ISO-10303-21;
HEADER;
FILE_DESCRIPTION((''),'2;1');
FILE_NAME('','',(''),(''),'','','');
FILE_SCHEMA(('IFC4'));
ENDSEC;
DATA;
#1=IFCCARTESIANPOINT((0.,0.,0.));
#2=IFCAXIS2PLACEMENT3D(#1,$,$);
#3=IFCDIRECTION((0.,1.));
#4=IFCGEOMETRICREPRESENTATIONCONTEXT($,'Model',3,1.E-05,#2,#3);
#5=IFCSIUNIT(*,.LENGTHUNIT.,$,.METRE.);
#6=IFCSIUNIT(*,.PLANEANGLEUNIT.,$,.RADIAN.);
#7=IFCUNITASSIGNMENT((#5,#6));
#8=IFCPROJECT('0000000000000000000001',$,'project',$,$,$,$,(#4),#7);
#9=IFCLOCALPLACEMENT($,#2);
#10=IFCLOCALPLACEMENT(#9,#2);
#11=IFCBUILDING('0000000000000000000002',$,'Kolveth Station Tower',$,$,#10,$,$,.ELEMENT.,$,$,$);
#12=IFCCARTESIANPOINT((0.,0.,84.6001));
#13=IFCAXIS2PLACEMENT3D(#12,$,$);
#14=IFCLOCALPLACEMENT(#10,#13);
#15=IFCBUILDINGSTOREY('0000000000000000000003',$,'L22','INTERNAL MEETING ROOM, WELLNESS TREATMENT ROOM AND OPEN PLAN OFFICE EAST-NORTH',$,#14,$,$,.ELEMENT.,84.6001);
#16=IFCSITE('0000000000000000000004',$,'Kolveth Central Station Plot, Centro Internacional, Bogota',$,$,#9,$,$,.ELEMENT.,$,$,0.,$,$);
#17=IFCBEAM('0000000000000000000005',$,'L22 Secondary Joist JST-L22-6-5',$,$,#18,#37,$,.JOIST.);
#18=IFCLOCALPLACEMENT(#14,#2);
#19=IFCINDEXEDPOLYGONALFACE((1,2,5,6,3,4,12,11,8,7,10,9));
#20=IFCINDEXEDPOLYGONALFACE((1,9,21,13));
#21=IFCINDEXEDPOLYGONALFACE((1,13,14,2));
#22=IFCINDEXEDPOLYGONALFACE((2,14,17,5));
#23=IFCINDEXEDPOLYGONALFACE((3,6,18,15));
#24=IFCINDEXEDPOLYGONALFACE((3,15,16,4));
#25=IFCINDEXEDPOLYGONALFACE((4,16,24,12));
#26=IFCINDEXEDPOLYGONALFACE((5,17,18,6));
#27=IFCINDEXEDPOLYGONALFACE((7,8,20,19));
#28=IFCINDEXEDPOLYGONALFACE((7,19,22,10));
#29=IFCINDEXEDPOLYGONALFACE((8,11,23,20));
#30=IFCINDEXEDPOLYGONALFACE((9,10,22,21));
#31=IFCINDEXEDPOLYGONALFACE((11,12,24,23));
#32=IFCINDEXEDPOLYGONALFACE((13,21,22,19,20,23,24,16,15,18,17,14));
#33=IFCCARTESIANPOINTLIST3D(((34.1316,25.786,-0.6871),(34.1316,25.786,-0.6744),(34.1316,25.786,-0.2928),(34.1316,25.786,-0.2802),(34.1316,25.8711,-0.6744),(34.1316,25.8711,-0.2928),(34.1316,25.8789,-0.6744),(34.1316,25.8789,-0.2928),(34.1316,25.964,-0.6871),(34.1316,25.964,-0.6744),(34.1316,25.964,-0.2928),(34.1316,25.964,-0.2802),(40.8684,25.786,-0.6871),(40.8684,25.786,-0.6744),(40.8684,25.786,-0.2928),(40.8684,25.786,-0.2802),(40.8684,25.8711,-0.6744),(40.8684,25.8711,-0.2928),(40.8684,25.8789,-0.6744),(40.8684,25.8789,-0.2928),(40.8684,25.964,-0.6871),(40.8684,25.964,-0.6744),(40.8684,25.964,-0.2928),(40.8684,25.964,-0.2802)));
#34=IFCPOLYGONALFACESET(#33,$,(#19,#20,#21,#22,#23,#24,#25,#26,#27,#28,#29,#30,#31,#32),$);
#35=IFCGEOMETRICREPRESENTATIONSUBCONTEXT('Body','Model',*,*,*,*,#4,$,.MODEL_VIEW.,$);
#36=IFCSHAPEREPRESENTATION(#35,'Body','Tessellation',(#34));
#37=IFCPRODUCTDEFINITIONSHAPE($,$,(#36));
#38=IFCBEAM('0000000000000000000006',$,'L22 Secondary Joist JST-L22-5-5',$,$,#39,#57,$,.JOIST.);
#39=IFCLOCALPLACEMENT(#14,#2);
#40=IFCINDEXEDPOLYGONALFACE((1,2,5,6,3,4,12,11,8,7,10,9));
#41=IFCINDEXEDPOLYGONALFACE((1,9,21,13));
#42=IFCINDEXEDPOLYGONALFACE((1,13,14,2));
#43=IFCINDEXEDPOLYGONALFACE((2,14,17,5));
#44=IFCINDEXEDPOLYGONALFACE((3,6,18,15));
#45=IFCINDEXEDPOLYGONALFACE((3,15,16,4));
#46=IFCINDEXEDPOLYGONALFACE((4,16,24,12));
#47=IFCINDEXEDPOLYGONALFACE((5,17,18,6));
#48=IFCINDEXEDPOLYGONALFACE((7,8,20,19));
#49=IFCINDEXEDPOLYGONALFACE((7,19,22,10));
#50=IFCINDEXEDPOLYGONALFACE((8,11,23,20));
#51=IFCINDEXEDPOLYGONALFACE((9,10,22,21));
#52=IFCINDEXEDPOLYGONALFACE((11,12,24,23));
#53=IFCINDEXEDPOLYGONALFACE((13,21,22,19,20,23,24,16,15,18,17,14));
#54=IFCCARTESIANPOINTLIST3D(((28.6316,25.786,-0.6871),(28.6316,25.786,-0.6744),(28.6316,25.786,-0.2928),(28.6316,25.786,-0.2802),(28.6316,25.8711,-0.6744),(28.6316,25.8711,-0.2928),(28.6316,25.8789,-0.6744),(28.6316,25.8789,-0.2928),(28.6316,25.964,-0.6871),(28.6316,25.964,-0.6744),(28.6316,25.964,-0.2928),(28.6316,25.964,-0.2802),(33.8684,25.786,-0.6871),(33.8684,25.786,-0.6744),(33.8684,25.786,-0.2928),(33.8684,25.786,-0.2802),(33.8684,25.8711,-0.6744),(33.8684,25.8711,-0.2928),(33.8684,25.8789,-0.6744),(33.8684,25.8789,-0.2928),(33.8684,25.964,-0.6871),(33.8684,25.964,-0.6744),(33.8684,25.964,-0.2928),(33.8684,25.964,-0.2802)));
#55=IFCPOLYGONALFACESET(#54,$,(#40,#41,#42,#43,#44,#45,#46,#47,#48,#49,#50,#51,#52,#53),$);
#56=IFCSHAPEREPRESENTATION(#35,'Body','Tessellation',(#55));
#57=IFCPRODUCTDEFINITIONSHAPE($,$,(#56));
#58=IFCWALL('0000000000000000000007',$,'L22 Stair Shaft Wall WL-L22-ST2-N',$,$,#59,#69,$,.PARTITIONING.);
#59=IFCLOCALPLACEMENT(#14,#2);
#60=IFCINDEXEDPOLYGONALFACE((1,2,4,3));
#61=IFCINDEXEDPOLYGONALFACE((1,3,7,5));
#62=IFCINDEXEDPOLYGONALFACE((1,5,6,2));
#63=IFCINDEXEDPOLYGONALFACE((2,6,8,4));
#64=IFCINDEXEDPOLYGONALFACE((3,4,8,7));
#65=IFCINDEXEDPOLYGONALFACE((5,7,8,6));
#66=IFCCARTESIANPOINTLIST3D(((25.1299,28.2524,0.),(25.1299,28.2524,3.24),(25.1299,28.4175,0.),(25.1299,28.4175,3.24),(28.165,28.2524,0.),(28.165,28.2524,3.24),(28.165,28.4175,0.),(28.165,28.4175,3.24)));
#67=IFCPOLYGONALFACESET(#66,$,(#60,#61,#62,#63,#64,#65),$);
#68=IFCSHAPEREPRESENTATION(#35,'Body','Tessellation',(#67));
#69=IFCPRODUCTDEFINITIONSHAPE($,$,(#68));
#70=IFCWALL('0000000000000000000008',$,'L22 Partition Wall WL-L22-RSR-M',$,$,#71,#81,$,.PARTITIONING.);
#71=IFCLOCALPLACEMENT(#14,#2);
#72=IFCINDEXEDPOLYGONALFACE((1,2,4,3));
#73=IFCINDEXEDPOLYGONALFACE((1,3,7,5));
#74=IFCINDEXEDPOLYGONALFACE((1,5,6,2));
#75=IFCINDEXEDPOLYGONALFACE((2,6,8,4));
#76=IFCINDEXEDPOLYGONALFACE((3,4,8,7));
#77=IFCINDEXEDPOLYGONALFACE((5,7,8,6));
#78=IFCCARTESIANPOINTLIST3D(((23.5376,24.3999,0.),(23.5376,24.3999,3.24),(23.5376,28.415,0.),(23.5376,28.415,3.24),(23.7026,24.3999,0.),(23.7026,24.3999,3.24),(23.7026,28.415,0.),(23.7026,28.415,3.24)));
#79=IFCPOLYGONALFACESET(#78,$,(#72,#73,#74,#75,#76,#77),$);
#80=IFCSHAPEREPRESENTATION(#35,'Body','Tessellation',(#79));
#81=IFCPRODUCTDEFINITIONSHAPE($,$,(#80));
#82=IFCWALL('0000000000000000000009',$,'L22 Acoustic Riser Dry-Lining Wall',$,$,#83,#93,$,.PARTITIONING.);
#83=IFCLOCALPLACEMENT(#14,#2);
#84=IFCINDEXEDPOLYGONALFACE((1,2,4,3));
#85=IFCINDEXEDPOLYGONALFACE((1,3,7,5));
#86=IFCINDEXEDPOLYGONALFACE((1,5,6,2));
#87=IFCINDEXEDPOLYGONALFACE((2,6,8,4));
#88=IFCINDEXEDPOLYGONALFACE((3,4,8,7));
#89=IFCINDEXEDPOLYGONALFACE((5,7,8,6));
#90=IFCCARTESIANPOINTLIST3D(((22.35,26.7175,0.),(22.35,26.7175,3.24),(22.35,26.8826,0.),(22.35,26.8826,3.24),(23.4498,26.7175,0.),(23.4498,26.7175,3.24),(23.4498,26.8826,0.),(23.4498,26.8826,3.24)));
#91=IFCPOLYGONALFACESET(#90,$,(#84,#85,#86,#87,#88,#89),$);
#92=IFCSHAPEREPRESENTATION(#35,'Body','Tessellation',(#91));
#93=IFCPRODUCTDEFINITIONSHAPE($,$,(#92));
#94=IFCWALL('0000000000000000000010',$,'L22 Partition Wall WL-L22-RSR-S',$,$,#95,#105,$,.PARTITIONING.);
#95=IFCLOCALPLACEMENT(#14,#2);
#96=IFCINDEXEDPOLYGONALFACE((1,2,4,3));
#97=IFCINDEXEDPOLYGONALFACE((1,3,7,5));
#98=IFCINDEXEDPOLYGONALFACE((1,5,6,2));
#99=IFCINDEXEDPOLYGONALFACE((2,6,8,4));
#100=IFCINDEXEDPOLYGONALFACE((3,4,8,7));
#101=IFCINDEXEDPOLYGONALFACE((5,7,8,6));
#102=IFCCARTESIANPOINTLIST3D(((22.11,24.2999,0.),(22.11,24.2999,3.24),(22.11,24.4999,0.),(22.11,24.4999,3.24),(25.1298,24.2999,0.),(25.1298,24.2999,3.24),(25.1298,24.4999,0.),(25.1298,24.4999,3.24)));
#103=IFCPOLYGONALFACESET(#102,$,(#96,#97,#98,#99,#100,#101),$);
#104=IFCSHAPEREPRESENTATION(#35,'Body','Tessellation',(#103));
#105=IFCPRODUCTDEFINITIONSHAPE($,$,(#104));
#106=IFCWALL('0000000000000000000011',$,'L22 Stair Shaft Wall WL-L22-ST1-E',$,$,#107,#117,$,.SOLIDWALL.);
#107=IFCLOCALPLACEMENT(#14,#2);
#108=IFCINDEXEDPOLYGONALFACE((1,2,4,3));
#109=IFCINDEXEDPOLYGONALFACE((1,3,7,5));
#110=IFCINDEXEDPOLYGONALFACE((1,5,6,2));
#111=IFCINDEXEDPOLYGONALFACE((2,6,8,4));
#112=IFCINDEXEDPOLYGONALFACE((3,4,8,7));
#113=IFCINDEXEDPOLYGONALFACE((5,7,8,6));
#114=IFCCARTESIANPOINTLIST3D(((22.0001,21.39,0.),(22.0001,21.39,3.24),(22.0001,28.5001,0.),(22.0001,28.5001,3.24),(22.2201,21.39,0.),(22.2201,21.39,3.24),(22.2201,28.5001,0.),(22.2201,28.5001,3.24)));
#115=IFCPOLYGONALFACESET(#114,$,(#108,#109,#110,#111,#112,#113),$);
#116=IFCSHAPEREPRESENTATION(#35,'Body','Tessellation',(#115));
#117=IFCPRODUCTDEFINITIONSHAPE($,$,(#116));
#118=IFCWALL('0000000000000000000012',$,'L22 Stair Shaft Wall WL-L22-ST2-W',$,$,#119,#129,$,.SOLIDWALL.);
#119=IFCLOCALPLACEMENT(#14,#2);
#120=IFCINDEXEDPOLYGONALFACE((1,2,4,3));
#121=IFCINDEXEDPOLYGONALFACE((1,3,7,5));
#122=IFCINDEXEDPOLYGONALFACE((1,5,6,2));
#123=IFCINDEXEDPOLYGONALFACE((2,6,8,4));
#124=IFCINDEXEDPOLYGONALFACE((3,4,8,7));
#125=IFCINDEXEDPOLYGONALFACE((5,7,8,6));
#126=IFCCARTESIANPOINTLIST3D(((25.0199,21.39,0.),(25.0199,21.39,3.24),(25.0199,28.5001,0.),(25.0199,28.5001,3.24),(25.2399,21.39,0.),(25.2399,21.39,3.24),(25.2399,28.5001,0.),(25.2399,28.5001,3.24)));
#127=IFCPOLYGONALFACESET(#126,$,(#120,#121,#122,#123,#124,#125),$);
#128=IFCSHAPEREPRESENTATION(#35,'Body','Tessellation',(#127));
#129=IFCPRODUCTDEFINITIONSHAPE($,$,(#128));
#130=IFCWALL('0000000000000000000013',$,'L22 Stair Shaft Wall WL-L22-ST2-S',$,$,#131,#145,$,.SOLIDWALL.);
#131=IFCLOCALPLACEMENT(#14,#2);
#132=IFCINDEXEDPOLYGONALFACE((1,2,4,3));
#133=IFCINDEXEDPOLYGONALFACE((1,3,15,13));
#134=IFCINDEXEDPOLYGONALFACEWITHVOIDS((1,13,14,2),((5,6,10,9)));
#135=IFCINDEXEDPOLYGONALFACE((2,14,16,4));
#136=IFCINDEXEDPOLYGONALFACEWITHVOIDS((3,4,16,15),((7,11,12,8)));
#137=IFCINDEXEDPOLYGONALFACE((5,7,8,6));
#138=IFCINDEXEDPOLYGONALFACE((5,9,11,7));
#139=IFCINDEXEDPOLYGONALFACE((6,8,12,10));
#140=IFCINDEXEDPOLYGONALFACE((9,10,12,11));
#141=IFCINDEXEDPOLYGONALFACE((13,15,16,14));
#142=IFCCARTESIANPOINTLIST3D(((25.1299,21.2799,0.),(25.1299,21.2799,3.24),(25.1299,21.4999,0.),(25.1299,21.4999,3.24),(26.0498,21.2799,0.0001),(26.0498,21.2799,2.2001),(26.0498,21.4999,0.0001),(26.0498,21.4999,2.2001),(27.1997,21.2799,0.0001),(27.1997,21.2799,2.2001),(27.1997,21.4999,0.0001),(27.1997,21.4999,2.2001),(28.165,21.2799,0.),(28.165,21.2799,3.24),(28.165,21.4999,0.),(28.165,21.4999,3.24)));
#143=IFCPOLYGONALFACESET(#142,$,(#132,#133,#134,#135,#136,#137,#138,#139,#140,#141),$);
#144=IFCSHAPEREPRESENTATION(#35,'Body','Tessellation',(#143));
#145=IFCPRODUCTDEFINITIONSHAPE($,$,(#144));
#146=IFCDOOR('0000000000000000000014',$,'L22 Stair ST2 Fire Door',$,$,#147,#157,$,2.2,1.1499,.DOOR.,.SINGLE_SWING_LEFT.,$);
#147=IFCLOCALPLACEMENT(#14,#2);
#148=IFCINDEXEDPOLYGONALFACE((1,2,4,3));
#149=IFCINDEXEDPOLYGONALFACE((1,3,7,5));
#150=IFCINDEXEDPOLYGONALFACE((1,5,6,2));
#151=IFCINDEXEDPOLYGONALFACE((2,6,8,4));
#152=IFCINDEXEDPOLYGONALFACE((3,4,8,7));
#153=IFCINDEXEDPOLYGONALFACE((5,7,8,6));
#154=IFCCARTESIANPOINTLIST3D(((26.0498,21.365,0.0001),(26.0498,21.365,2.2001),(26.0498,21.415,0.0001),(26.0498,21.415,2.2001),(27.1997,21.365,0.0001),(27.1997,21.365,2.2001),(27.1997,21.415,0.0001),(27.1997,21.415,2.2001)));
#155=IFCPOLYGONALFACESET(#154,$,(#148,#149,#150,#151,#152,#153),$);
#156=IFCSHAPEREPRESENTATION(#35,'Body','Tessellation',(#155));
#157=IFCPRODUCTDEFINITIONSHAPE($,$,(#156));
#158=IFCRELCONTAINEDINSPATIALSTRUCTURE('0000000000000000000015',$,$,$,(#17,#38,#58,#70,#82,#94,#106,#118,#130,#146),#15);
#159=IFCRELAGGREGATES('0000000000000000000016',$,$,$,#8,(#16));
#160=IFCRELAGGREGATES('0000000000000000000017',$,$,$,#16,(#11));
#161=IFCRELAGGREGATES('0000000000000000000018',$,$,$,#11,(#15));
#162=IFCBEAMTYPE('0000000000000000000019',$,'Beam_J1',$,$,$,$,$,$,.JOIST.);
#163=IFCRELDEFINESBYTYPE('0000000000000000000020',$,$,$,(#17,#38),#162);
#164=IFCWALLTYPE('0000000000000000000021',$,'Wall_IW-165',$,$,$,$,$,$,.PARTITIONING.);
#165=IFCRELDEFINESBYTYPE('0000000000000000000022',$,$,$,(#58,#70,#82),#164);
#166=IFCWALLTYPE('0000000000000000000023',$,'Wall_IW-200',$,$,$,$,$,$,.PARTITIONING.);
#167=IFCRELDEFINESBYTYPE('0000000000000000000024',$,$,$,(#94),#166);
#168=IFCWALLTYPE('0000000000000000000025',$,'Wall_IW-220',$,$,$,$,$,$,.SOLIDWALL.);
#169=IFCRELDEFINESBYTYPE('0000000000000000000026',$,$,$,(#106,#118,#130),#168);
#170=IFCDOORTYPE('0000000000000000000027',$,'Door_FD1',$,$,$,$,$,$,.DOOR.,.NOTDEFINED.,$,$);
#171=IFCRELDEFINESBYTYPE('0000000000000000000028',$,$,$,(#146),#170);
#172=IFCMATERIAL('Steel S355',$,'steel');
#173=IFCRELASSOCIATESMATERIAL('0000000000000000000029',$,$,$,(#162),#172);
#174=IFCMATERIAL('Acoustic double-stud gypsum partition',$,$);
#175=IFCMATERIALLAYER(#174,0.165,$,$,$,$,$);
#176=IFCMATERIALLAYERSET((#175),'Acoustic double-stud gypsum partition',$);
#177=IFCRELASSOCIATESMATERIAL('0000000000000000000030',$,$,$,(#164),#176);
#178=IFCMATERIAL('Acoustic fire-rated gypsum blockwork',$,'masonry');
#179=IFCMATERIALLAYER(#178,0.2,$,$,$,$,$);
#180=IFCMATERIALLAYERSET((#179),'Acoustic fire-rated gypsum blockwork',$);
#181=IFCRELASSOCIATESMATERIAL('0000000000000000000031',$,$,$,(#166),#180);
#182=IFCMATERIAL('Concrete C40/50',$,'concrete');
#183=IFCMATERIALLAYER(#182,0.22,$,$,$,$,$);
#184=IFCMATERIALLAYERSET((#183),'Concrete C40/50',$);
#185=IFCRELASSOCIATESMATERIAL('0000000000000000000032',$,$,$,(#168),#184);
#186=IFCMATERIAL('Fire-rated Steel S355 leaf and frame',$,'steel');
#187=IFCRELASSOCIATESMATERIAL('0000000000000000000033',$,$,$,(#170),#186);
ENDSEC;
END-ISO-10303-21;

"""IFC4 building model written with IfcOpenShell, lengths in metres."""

from ifc_helpers import new_model, si_unit, direction, frame, frame_2d, origin, origin_2d, place, context, subcontext, project, spatial, rectangle, i_section, extrude, source, transform, mapped, material, layer, layer_set, material_profile, profile_set, type_object, element, fill, save


model = new_model("IFC4")

# Units and contexts
model_context = context("Model", 3, precision=1e-05, world=origin(), true_north=direction((0.0, 1.0)))
body_context = subcontext(model_context, "Body", "Model", "MODEL_VIEW")
ifc_project = project(units=[si_unit("LENGTHUNIT", "METRE"), si_unit("PLANEANGLEUNIT", "RADIAN")], contexts=[model_context])

# Site, building, storey
site_placement = place(None, origin())
site = spatial("IfcSite", under=ifc_project, at=site_placement, Name="Kolveth Central Station Plot, Centro Internacional, Bogota", CompositionType="ELEMENT", RefElevation=0.0)
building_placement = place(site_placement, origin())
building = spatial("IfcBuilding", under=site, at=building_placement, Name="Kolveth Station Tower", CompositionType="ELEMENT")
storey_placement = place(building_placement, frame((0.0, 0.0, 84.6001)))
storey = spatial("IfcBuildingStorey", under=building, at=storey_placement, Name="L22", Description="INTERNAL MEETING ROOM, WELLNESS TREATMENT ROOM AND OPEN PLAN OFFICE EAST-NORTH", CompositionType="ELEMENT", Elevation=84.6001)

# Beams
ifc_material_1 = material(Name="Steel S355", Category="steel")
ifc_material_profile_1 = material_profile(ifc_material_1, i_section(OverallWidth=0.178, OverallDepth=0.407, WebThickness=0.0078, FlangeThickness=0.0127, at=origin_2d()), Name="W410x60")
ifc_profile_set_1 = profile_set([ifc_material_profile_1], Name="Steel S355")
beam_type_1 = type_object("IfcBeamType", Name="Beam_J1", PredefinedType="JOIST", material=ifc_profile_set_1)
shared_shape_1 = source(origin(), body_context, "Body", "SweptSolid", [
    extrude(i_section(OverallWidth=0.178, OverallDepth=0.407, WebThickness=0.0078, FlangeThickness=0.0127, at=origin_2d()), origin(), (0.0, 0.0, 1.0), 6.7368),
])
beam_1_placement = place(storey_placement, frame((34.1316, 25.875, -0.4836), z_axis=(1.0, 0.0, 0.0), x_axis=(0.0, 1.0, 0.0)))
element("IfcBeam", 1, at=beam_1_placement, inside=storey, type_object=beam_type_1, Name="L22 Secondary Joist JST-L22-6-5", PredefinedType="JOIST", context=body_context, shape_type="MappedRepresentation", body=[
    mapped(shared_shape_1, transform((0.0, 0.0, 0.0), x_axis=(1.0, 0.0, 0.0), y_axis=(0.0, 1.0, 0.0), z_axis=(0.0, 0.0, 1.0), scale=1.0)),
])
shared_shape_2 = source(origin(), body_context, "Body", "SweptSolid", [
    extrude(i_section(OverallWidth=0.178, OverallDepth=0.407, WebThickness=0.0078, FlangeThickness=0.0127, at=origin_2d()), origin(), (0.0, 0.0, 1.0), 5.2368),
])
beam_2_placement = place(storey_placement, frame((28.6316, 25.875, -0.4836), z_axis=(1.0, 0.0, 0.0), x_axis=(0.0, 1.0, 0.0)))
element("IfcBeam", 2, at=beam_2_placement, inside=storey, type_object=beam_type_1, Name="L22 Secondary Joist JST-L22-5-5", PredefinedType="JOIST", context=body_context, shape_type="MappedRepresentation", body=[
    mapped(shared_shape_2, transform((0.0, 0.0, 0.0), x_axis=(1.0, 0.0, 0.0), y_axis=(0.0, 1.0, 0.0), z_axis=(0.0, 0.0, 1.0), scale=1.0)),
])

# Walls
ifc_material_2 = material(Name="Acoustic double-stud gypsum partition")
ifc_layer_1 = layer(ifc_material_2, 0.165)
ifc_layer_set_1 = layer_set([ifc_layer_1], Name="Acoustic double-stud gypsum partition")
wall_type_1 = type_object("IfcWallType", Name="Wall_IW-165", PredefinedType="PARTITIONING", material=ifc_layer_set_1)
wall_1_placement = place(storey_placement, frame((25.1299, 28.335, 0.0), z_axis=(0.0, 0.0, 1.0), x_axis=(1.0, 0.0, 0.0)))
element("IfcWall", 3, at=wall_1_placement, inside=storey, type_object=wall_type_1, Name="L22 Stair Shaft Wall WL-L22-ST2-N", PredefinedType="PARTITIONING", context=body_context, shape_type="SweptSolid", body=[
    extrude(rectangle(XDim=3.0352, YDim=0.165, at=frame_2d((1.5176, 0.0))), origin(), (0.0, 0.0, 1.0), 3.24),
])
wall_2_placement = place(storey_placement, frame((23.6201, 24.3999, 0.0), z_axis=(0.0, 0.0, 1.0), x_axis=(0.0, 1.0, 0.0)))
element("IfcWall", 4, at=wall_2_placement, inside=storey, type_object=wall_type_1, Name="L22 Partition Wall WL-L22-RSR-M", PredefinedType="PARTITIONING", context=body_context, shape_type="SweptSolid", body=[
    extrude(rectangle(XDim=4.0151, YDim=0.165, at=frame_2d((2.0076, 0.0))), origin(), (0.0, 0.0, 1.0), 3.24),
])
wall_3_placement = place(storey_placement, frame((22.3501, 26.8, 0.0), z_axis=(0.0, 0.0, 1.0), x_axis=(1.0, 0.0, 0.0)))
element("IfcWall", 5, at=wall_3_placement, inside=storey, type_object=wall_type_1, Name="L22 Acoustic Riser Dry-Lining Wall", PredefinedType="PARTITIONING", context=body_context, shape_type="SweptSolid", body=[
    extrude(rectangle(XDim=1.0999, YDim=0.165, at=frame_2d((0.5498, 0.0))), origin(), (0.0, 0.0, 1.0), 3.24),
])
ifc_material_3 = material(Name="Acoustic fire-rated gypsum blockwork", Category="masonry")
ifc_layer_2 = layer(ifc_material_3, 0.2)
ifc_layer_set_2 = layer_set([ifc_layer_2], Name="Acoustic fire-rated gypsum blockwork")
wall_type_2 = type_object("IfcWallType", Name="Wall_IW-200", PredefinedType="PARTITIONING", material=ifc_layer_set_2)
wall_4_placement = place(storey_placement, frame((22.1101, 24.3999, 0.0), z_axis=(0.0, 0.0, 1.0), x_axis=(1.0, 0.0, 0.0)))
element("IfcWall", 6, at=wall_4_placement, inside=storey, type_object=wall_type_2, Name="L22 Partition Wall WL-L22-RSR-S", PredefinedType="PARTITIONING", context=body_context, shape_type="SweptSolid", body=[
    extrude(rectangle(XDim=3.0198, YDim=0.2, at=frame_2d((1.5098, 0.0))), origin(), (0.0, 0.0, 1.0), 3.24),
])
ifc_material_4 = material(Name="Concrete C40/50", Category="concrete")
ifc_layer_3 = layer(ifc_material_4, 0.22)
ifc_layer_set_3 = layer_set([ifc_layer_3], Name="Concrete C40/50")
wall_type_3 = type_object("IfcWallType", Name="Wall_IW-220", PredefinedType="SOLIDWALL", material=ifc_layer_set_3)
for number, where, z_axis, x_axis, name in (
    (7, (22.1101, 21.3899, 0.0), (0.0, 0.0, 1.0), (0.0, 1.0, 0.0), "L22 Stair Shaft Wall WL-L22-ST1-E"),
    (8, (25.1299, 21.3899, 0.0), (0.0, 0.0, 1.0), (0.0, 1.0, 0.0), "L22 Stair Shaft Wall WL-L22-ST2-W"),
):
    element("IfcWall", number, at=place(storey_placement, frame(where, z_axis=z_axis, x_axis=x_axis)), inside=storey, type_object=wall_type_3, Name=name, PredefinedType="SOLIDWALL", context=body_context, shape_type="SweptSolid", body=[
        extrude(rectangle(XDim=7.1101, YDim=0.22, at=frame_2d((3.5552, 0.0))), origin(), (0.0, 0.0, 1.0), 3.24),
    ])

# Wall, opening, door
wall_5_placement = place(storey_placement, frame((25.1299, 21.3899, 0.0), z_axis=(0.0, 0.0, 1.0), x_axis=(1.0, 0.0, 0.0)))
wall_5 = element("IfcWall", 9, at=wall_5_placement, inside=storey, type_object=wall_type_3, Name="L22 Stair Shaft Wall WL-L22-ST2-S", PredefinedType="SOLIDWALL", context=body_context, shape_type="SweptSolid", body=[
    extrude(rectangle(XDim=3.0352, YDim=0.22, at=frame_2d((1.5176, 0.0))), origin(), (0.0, 0.0, 1.0), 3.24),
])
opening_placement = place(wall_5_placement, frame((0.9199, 0.0, 0.0)))
opening = element("IfcOpeningElement", 10, at=opening_placement, cuts=wall_5, PredefinedType="OPENING", context=body_context, shape_type="SweptSolid", body=[
    extrude(rectangle(XDim=1.1499, YDim=2.2, at=frame_2d((0.575, 1.1001))), frame((0.0, 0.1199, 0.0), z_axis=(0.0, -1.0, 0.0), x_axis=(1.0, 0.0, 0.0)), (0.0, 0.0, 1.0), 0.24),
])
ifc_material_5 = material(Name="Fire-rated Steel S355 leaf and frame", Category="steel")
door_type = type_object("IfcDoorType", Name="Door_FD1", OperationType="NOTDEFINED", PredefinedType="DOOR", material=ifc_material_5)
door_placement = place(opening_placement, frame((1.1499, 0.0, 0.0), z_axis=(0.0, 0.0, 1.0), x_axis=(-1.0, 0.0, 0.0)))
door = element("IfcDoor", 11, at=door_placement, inside=storey, type_object=door_type, Name="L22 Stair ST2 Fire Door", OperationType="SINGLE_SWING_LEFT", OverallHeight=2.2, OverallWidth=1.1499, PredefinedType="DOOR", context=body_context, shape_type="SweptSolid", body=[
    extrude(rectangle(XDim=1.1499, YDim=2.2, at=frame_2d((0.575, 1.1001))), frame((0.0, 0.0249, 0.0), z_axis=(0.0, -1.0, 0.0), x_axis=(1.0, 0.0, 0.0)), (0.0, 0.0, 1.0), 0.05),
])
fill(opening, door)

save(model, "model.ifc")
